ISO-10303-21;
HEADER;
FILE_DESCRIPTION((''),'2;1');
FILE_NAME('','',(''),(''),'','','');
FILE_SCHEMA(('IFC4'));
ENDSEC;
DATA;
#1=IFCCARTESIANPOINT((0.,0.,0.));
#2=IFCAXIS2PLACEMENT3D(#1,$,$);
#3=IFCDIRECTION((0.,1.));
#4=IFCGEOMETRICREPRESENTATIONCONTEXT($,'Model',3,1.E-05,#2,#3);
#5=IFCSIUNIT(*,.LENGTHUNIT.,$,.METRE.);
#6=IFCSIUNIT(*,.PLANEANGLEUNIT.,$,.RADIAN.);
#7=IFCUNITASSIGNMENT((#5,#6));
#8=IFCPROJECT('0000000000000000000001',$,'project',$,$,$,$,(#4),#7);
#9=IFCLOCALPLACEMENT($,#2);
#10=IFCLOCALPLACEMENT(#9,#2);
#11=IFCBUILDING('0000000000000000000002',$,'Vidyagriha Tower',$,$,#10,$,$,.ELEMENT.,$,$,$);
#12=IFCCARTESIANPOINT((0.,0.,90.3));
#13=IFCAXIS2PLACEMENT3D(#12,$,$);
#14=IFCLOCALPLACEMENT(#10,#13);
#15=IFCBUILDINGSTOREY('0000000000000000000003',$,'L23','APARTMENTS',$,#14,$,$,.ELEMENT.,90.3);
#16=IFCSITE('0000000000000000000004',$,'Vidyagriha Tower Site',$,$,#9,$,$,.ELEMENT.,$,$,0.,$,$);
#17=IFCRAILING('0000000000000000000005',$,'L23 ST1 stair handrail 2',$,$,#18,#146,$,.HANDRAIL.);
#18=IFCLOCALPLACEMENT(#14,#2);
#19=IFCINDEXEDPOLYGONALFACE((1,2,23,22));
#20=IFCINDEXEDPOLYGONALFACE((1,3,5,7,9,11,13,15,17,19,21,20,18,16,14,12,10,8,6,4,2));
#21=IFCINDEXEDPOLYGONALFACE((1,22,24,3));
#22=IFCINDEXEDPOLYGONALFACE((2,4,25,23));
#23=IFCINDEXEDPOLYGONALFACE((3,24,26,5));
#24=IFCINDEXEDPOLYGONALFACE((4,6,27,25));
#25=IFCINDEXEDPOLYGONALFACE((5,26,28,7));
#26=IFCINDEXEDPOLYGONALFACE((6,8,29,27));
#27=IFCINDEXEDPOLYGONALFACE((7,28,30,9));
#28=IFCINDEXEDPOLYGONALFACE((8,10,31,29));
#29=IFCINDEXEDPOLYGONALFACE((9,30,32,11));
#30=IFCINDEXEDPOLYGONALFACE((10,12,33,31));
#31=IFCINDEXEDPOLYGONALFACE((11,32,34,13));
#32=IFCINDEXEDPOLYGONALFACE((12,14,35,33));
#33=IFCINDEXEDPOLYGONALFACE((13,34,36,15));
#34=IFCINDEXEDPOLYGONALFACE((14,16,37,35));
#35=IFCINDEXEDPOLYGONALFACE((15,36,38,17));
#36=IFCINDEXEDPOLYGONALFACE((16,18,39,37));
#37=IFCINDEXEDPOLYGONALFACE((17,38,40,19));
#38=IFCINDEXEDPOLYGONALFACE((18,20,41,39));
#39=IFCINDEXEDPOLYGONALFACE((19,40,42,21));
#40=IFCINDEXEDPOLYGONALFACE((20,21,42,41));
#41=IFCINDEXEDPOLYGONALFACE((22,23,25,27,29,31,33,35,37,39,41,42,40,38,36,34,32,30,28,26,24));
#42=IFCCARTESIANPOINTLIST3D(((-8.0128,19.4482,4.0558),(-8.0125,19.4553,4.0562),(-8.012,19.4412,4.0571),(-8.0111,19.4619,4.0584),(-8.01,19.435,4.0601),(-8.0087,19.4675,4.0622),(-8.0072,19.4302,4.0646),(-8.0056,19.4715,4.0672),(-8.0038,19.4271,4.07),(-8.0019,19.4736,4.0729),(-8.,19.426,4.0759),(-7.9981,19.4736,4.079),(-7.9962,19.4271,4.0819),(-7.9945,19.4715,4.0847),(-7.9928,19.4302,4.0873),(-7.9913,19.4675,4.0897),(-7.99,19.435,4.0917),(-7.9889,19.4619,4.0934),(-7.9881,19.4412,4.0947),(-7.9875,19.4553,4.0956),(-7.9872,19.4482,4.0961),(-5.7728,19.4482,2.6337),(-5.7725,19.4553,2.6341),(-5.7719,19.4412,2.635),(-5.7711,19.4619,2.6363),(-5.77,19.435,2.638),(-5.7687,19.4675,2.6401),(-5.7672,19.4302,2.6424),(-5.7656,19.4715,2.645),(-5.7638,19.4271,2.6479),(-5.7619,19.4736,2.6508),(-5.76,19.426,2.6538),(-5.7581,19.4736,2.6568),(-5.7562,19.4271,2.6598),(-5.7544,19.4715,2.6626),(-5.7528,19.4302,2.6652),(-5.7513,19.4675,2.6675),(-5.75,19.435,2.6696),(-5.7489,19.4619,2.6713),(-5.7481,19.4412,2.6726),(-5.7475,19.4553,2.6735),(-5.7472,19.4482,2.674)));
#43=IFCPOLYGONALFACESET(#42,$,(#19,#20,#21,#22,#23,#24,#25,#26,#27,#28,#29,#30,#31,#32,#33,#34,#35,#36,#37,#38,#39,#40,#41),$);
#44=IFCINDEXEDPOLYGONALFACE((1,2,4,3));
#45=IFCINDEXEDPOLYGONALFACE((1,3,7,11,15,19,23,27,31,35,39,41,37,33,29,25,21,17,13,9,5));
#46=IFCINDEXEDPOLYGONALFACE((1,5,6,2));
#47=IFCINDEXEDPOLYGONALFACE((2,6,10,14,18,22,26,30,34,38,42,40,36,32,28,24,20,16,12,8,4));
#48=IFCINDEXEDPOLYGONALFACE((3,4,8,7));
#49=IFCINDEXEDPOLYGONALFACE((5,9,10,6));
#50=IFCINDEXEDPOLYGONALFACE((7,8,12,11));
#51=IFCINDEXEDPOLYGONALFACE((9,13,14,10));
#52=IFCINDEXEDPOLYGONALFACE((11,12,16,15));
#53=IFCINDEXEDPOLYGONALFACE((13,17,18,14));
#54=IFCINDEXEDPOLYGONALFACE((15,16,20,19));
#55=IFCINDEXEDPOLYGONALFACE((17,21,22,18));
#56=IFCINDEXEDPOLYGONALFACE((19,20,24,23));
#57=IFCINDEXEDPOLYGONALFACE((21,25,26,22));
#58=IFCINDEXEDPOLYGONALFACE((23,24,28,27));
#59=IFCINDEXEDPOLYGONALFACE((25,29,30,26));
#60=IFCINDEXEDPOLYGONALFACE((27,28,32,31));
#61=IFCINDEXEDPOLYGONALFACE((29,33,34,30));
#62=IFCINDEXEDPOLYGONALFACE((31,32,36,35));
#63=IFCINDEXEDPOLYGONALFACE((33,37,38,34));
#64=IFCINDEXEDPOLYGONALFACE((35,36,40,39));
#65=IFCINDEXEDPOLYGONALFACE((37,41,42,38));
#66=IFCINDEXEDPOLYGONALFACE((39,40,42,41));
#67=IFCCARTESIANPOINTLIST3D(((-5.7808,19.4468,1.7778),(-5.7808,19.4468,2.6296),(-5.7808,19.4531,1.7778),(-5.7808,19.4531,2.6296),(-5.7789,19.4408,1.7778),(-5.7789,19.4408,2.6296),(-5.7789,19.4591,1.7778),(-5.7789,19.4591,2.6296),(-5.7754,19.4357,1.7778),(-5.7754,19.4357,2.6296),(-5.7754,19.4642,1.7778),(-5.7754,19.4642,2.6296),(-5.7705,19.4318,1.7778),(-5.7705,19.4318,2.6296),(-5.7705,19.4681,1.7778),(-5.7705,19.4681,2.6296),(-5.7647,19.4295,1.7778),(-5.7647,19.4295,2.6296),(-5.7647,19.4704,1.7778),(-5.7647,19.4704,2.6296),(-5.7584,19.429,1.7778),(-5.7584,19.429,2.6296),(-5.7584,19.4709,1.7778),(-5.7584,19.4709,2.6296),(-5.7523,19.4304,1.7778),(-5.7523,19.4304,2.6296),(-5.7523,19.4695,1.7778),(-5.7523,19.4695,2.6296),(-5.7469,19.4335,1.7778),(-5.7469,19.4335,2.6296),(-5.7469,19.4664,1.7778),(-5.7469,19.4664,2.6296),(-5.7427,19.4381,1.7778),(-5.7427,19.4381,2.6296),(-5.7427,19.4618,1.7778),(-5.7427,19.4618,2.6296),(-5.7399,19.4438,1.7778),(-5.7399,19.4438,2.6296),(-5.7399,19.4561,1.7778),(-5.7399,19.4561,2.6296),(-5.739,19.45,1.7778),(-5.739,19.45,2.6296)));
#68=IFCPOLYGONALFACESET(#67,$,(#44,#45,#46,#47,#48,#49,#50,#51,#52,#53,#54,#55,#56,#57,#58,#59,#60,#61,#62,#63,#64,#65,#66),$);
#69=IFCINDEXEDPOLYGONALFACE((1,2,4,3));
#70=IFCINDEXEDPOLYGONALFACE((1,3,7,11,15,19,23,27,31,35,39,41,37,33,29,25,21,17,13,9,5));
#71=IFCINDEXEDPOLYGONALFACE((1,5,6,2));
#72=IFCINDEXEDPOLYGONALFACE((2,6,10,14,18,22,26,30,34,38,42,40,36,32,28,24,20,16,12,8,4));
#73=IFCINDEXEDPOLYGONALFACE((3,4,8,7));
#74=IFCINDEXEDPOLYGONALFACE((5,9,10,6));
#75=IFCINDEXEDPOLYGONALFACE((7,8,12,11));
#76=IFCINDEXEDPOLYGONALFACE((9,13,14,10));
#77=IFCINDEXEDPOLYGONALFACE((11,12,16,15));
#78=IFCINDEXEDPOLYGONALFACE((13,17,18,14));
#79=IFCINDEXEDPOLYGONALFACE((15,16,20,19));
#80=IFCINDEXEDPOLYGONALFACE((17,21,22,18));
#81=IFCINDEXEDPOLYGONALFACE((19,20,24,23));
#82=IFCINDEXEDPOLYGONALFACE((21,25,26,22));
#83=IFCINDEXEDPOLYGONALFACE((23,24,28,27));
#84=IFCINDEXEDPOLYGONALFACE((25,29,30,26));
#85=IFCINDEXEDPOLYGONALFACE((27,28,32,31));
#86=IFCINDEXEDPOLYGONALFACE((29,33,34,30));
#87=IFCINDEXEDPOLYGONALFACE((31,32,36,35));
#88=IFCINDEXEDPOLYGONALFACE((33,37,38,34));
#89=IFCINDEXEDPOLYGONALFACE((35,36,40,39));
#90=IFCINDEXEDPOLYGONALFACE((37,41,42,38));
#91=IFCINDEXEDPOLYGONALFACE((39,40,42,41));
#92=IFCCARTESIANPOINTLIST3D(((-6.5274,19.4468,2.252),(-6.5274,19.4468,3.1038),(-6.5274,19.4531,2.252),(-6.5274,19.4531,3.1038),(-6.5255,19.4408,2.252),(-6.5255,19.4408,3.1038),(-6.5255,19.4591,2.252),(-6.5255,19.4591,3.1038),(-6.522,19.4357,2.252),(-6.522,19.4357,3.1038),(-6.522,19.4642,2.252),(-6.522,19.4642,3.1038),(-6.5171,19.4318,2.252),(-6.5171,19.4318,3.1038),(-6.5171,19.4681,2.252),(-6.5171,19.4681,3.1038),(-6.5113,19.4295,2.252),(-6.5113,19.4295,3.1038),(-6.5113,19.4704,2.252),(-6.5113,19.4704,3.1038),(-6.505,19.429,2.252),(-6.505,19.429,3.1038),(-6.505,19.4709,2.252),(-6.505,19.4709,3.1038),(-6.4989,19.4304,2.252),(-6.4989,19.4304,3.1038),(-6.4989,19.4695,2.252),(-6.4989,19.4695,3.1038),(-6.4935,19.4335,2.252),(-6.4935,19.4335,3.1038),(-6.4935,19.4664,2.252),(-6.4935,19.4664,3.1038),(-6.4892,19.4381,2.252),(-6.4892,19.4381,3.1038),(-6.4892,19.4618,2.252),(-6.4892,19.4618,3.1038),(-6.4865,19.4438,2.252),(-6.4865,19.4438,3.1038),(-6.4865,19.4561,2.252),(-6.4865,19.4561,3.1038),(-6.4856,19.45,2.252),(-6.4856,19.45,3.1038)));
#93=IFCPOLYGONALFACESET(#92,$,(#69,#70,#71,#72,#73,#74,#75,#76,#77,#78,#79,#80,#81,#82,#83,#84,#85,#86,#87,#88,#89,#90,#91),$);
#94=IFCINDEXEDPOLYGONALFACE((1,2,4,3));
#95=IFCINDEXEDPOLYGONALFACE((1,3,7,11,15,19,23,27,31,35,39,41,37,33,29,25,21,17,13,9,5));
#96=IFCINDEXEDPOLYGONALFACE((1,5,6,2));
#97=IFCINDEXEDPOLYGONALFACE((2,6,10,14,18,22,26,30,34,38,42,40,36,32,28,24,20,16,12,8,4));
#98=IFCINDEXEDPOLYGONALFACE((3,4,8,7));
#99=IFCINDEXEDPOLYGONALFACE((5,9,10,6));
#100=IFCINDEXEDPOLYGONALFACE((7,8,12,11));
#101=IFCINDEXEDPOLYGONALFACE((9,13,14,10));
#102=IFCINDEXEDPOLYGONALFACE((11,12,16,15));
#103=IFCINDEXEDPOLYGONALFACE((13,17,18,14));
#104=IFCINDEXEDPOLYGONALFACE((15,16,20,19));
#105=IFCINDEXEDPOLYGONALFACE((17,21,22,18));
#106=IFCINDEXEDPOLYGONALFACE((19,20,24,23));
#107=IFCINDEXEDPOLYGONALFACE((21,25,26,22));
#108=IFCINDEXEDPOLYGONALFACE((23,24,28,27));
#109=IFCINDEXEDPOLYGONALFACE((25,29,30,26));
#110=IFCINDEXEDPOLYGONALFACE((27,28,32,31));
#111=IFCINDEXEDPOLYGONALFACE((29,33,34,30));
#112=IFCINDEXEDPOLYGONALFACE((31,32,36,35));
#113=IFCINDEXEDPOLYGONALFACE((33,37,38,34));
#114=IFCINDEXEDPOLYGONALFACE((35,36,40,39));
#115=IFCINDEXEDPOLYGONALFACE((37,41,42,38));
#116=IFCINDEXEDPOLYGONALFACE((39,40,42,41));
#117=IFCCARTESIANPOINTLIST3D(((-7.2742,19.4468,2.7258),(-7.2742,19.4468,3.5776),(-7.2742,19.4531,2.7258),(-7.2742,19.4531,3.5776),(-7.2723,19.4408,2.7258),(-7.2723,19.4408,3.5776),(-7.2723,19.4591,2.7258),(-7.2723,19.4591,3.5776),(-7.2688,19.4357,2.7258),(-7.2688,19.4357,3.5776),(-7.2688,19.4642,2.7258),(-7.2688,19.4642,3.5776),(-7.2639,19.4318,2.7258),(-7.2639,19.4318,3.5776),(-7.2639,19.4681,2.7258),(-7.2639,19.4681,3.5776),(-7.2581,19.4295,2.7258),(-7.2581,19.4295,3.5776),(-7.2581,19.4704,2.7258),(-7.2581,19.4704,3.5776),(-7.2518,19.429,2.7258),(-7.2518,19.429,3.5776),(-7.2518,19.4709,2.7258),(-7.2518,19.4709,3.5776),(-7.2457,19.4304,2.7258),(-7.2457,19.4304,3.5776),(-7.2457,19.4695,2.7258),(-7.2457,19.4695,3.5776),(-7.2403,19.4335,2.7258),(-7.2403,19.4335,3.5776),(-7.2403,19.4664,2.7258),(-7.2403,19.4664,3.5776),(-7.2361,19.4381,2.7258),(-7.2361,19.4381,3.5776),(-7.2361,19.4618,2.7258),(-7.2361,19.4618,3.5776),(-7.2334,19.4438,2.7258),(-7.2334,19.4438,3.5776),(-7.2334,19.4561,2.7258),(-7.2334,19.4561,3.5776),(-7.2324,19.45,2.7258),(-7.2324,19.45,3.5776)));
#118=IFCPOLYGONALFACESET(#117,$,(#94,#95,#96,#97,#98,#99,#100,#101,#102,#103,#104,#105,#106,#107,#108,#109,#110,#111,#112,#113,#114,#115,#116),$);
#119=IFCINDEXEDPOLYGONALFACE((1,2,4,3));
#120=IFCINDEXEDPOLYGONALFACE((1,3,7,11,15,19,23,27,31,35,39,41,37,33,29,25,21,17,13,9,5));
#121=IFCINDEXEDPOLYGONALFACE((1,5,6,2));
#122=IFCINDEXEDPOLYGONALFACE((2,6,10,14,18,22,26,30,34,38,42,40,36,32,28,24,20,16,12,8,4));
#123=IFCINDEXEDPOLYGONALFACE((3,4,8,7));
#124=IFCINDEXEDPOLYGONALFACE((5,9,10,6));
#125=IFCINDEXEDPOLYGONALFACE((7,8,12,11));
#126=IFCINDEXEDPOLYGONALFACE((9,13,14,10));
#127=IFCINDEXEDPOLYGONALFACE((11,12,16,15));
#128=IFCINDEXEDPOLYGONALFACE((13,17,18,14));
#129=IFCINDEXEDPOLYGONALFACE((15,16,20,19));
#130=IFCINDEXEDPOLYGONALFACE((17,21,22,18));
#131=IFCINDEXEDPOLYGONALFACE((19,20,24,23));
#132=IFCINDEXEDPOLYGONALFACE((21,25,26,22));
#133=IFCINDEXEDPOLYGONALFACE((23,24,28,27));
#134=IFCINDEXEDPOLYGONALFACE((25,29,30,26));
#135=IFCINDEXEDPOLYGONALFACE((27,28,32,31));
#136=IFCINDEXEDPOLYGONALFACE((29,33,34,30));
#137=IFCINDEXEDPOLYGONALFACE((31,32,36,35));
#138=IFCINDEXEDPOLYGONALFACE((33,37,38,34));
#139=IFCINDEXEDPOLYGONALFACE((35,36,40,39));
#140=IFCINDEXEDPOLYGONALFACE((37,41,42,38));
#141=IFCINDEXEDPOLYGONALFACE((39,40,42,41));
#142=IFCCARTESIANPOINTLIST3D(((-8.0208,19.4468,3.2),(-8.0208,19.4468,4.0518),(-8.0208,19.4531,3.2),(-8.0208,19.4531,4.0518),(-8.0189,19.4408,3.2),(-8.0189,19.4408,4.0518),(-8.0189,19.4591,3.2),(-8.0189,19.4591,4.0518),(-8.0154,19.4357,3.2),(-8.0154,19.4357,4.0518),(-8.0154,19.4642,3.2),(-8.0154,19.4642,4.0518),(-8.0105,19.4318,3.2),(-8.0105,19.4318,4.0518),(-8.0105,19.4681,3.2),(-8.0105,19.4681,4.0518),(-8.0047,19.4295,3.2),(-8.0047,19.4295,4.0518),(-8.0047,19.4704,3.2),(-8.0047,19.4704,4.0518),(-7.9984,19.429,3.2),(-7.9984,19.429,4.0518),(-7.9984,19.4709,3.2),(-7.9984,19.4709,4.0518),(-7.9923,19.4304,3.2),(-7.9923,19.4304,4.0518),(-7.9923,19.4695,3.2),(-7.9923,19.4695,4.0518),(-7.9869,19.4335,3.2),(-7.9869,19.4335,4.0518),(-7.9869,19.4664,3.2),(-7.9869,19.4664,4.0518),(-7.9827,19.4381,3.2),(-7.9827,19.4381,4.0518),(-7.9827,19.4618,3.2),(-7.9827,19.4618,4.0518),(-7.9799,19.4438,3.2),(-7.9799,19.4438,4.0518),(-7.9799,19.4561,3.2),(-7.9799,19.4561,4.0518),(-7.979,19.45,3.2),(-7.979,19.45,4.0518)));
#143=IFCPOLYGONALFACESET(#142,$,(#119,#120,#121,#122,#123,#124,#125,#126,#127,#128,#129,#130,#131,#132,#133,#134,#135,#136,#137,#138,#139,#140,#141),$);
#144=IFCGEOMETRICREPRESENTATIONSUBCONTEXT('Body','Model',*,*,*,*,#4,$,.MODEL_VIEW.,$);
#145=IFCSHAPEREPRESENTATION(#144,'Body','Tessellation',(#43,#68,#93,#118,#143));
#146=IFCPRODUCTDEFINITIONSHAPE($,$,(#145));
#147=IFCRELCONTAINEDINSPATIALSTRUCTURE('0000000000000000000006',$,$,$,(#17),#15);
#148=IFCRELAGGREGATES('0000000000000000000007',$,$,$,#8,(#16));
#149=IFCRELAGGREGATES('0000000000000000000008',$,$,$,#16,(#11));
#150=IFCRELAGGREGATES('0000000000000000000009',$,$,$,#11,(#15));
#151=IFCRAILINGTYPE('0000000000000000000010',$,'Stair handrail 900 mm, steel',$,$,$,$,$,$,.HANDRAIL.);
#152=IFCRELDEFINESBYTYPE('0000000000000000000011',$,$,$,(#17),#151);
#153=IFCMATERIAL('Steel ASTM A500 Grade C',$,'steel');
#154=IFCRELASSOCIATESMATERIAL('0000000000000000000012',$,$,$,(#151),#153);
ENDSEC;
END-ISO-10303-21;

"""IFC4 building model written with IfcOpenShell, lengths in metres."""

from ifc_helpers import new_model, si_unit, direction, frame, origin, origin_2d, place, context, subcontext, project, spatial, circle, extrude, material, type_object, element, save


model = new_model("IFC4")

# Units and contexts
model_context = context("Model", 3, precision=1e-05, world=origin(), true_north=direction((0.0, 1.0)))
body_context = subcontext(model_context, "Body", "Model", "MODEL_VIEW")
ifc_project = project(units=[si_unit("LENGTHUNIT", "METRE"), si_unit("PLANEANGLEUNIT", "RADIAN")], contexts=[model_context])

# Site, building, storey
site_placement = place(None, origin())
site = spatial("IfcSite", under=ifc_project, at=site_placement, Name="Vidyagriha Tower Site", CompositionType="ELEMENT", RefElevation=0.0)
building_placement = place(site_placement, origin())
building = spatial("IfcBuilding", under=site, at=building_placement, Name="Vidyagriha Tower", CompositionType="ELEMENT")
storey_placement = place(building_placement, frame((0.0, 0.0, 90.3)))
storey = spatial("IfcBuildingStorey", under=building, at=storey_placement, Name="L23", Description="APARTMENTS", CompositionType="ELEMENT", Elevation=90.3)

# Railing
ifc_material_1 = material(Name="Steel ASTM A500 Grade C", Category="steel")
railing_type_1 = type_object("IfcRailingType", Name="Stair handrail 900 mm, steel", PredefinedType="HANDRAIL", material=ifc_material_1)
railing_1_placement = place(storey_placement, frame((-5.76, 19.45, 1.7778)))
element("IfcRailing", 1, at=railing_1_placement, inside=storey, type_object=railing_type_1, Name="L23 ST1 stair handrail 2", PredefinedType="HANDRAIL", context=body_context, shape_type="SweptSolid", body=[
    extrude(circle(Radius=0.0239, at=origin_2d()), frame((0.0, 0.0, 0.876), z_axis=(-0.844229, 0.0, 0.535982), x_axis=(0.0, -1.0, 0.0)), (0.0, 0.0, 1.0), 2.6533),
    extrude(circle(Radius=0.021, at=origin_2d()), origin(), (0.0, 0.0, 1.0), 0.8518),
    extrude(circle(Radius=0.021, at=origin_2d()), frame((-0.7466, 0.0, 0.4741)), (0.0, 0.0, 1.0), 0.8518),
    extrude(circle(Radius=0.021, at=origin_2d()), frame((-1.4934, 0.0, 0.948)), (0.0, 0.0, 1.0), 0.8518),
    extrude(circle(Radius=0.021, at=origin_2d()), frame((-2.24, 0.0, 1.4221)), (0.0, 0.0, 1.0), 0.8518),
])

save(model, "model.ifc")
